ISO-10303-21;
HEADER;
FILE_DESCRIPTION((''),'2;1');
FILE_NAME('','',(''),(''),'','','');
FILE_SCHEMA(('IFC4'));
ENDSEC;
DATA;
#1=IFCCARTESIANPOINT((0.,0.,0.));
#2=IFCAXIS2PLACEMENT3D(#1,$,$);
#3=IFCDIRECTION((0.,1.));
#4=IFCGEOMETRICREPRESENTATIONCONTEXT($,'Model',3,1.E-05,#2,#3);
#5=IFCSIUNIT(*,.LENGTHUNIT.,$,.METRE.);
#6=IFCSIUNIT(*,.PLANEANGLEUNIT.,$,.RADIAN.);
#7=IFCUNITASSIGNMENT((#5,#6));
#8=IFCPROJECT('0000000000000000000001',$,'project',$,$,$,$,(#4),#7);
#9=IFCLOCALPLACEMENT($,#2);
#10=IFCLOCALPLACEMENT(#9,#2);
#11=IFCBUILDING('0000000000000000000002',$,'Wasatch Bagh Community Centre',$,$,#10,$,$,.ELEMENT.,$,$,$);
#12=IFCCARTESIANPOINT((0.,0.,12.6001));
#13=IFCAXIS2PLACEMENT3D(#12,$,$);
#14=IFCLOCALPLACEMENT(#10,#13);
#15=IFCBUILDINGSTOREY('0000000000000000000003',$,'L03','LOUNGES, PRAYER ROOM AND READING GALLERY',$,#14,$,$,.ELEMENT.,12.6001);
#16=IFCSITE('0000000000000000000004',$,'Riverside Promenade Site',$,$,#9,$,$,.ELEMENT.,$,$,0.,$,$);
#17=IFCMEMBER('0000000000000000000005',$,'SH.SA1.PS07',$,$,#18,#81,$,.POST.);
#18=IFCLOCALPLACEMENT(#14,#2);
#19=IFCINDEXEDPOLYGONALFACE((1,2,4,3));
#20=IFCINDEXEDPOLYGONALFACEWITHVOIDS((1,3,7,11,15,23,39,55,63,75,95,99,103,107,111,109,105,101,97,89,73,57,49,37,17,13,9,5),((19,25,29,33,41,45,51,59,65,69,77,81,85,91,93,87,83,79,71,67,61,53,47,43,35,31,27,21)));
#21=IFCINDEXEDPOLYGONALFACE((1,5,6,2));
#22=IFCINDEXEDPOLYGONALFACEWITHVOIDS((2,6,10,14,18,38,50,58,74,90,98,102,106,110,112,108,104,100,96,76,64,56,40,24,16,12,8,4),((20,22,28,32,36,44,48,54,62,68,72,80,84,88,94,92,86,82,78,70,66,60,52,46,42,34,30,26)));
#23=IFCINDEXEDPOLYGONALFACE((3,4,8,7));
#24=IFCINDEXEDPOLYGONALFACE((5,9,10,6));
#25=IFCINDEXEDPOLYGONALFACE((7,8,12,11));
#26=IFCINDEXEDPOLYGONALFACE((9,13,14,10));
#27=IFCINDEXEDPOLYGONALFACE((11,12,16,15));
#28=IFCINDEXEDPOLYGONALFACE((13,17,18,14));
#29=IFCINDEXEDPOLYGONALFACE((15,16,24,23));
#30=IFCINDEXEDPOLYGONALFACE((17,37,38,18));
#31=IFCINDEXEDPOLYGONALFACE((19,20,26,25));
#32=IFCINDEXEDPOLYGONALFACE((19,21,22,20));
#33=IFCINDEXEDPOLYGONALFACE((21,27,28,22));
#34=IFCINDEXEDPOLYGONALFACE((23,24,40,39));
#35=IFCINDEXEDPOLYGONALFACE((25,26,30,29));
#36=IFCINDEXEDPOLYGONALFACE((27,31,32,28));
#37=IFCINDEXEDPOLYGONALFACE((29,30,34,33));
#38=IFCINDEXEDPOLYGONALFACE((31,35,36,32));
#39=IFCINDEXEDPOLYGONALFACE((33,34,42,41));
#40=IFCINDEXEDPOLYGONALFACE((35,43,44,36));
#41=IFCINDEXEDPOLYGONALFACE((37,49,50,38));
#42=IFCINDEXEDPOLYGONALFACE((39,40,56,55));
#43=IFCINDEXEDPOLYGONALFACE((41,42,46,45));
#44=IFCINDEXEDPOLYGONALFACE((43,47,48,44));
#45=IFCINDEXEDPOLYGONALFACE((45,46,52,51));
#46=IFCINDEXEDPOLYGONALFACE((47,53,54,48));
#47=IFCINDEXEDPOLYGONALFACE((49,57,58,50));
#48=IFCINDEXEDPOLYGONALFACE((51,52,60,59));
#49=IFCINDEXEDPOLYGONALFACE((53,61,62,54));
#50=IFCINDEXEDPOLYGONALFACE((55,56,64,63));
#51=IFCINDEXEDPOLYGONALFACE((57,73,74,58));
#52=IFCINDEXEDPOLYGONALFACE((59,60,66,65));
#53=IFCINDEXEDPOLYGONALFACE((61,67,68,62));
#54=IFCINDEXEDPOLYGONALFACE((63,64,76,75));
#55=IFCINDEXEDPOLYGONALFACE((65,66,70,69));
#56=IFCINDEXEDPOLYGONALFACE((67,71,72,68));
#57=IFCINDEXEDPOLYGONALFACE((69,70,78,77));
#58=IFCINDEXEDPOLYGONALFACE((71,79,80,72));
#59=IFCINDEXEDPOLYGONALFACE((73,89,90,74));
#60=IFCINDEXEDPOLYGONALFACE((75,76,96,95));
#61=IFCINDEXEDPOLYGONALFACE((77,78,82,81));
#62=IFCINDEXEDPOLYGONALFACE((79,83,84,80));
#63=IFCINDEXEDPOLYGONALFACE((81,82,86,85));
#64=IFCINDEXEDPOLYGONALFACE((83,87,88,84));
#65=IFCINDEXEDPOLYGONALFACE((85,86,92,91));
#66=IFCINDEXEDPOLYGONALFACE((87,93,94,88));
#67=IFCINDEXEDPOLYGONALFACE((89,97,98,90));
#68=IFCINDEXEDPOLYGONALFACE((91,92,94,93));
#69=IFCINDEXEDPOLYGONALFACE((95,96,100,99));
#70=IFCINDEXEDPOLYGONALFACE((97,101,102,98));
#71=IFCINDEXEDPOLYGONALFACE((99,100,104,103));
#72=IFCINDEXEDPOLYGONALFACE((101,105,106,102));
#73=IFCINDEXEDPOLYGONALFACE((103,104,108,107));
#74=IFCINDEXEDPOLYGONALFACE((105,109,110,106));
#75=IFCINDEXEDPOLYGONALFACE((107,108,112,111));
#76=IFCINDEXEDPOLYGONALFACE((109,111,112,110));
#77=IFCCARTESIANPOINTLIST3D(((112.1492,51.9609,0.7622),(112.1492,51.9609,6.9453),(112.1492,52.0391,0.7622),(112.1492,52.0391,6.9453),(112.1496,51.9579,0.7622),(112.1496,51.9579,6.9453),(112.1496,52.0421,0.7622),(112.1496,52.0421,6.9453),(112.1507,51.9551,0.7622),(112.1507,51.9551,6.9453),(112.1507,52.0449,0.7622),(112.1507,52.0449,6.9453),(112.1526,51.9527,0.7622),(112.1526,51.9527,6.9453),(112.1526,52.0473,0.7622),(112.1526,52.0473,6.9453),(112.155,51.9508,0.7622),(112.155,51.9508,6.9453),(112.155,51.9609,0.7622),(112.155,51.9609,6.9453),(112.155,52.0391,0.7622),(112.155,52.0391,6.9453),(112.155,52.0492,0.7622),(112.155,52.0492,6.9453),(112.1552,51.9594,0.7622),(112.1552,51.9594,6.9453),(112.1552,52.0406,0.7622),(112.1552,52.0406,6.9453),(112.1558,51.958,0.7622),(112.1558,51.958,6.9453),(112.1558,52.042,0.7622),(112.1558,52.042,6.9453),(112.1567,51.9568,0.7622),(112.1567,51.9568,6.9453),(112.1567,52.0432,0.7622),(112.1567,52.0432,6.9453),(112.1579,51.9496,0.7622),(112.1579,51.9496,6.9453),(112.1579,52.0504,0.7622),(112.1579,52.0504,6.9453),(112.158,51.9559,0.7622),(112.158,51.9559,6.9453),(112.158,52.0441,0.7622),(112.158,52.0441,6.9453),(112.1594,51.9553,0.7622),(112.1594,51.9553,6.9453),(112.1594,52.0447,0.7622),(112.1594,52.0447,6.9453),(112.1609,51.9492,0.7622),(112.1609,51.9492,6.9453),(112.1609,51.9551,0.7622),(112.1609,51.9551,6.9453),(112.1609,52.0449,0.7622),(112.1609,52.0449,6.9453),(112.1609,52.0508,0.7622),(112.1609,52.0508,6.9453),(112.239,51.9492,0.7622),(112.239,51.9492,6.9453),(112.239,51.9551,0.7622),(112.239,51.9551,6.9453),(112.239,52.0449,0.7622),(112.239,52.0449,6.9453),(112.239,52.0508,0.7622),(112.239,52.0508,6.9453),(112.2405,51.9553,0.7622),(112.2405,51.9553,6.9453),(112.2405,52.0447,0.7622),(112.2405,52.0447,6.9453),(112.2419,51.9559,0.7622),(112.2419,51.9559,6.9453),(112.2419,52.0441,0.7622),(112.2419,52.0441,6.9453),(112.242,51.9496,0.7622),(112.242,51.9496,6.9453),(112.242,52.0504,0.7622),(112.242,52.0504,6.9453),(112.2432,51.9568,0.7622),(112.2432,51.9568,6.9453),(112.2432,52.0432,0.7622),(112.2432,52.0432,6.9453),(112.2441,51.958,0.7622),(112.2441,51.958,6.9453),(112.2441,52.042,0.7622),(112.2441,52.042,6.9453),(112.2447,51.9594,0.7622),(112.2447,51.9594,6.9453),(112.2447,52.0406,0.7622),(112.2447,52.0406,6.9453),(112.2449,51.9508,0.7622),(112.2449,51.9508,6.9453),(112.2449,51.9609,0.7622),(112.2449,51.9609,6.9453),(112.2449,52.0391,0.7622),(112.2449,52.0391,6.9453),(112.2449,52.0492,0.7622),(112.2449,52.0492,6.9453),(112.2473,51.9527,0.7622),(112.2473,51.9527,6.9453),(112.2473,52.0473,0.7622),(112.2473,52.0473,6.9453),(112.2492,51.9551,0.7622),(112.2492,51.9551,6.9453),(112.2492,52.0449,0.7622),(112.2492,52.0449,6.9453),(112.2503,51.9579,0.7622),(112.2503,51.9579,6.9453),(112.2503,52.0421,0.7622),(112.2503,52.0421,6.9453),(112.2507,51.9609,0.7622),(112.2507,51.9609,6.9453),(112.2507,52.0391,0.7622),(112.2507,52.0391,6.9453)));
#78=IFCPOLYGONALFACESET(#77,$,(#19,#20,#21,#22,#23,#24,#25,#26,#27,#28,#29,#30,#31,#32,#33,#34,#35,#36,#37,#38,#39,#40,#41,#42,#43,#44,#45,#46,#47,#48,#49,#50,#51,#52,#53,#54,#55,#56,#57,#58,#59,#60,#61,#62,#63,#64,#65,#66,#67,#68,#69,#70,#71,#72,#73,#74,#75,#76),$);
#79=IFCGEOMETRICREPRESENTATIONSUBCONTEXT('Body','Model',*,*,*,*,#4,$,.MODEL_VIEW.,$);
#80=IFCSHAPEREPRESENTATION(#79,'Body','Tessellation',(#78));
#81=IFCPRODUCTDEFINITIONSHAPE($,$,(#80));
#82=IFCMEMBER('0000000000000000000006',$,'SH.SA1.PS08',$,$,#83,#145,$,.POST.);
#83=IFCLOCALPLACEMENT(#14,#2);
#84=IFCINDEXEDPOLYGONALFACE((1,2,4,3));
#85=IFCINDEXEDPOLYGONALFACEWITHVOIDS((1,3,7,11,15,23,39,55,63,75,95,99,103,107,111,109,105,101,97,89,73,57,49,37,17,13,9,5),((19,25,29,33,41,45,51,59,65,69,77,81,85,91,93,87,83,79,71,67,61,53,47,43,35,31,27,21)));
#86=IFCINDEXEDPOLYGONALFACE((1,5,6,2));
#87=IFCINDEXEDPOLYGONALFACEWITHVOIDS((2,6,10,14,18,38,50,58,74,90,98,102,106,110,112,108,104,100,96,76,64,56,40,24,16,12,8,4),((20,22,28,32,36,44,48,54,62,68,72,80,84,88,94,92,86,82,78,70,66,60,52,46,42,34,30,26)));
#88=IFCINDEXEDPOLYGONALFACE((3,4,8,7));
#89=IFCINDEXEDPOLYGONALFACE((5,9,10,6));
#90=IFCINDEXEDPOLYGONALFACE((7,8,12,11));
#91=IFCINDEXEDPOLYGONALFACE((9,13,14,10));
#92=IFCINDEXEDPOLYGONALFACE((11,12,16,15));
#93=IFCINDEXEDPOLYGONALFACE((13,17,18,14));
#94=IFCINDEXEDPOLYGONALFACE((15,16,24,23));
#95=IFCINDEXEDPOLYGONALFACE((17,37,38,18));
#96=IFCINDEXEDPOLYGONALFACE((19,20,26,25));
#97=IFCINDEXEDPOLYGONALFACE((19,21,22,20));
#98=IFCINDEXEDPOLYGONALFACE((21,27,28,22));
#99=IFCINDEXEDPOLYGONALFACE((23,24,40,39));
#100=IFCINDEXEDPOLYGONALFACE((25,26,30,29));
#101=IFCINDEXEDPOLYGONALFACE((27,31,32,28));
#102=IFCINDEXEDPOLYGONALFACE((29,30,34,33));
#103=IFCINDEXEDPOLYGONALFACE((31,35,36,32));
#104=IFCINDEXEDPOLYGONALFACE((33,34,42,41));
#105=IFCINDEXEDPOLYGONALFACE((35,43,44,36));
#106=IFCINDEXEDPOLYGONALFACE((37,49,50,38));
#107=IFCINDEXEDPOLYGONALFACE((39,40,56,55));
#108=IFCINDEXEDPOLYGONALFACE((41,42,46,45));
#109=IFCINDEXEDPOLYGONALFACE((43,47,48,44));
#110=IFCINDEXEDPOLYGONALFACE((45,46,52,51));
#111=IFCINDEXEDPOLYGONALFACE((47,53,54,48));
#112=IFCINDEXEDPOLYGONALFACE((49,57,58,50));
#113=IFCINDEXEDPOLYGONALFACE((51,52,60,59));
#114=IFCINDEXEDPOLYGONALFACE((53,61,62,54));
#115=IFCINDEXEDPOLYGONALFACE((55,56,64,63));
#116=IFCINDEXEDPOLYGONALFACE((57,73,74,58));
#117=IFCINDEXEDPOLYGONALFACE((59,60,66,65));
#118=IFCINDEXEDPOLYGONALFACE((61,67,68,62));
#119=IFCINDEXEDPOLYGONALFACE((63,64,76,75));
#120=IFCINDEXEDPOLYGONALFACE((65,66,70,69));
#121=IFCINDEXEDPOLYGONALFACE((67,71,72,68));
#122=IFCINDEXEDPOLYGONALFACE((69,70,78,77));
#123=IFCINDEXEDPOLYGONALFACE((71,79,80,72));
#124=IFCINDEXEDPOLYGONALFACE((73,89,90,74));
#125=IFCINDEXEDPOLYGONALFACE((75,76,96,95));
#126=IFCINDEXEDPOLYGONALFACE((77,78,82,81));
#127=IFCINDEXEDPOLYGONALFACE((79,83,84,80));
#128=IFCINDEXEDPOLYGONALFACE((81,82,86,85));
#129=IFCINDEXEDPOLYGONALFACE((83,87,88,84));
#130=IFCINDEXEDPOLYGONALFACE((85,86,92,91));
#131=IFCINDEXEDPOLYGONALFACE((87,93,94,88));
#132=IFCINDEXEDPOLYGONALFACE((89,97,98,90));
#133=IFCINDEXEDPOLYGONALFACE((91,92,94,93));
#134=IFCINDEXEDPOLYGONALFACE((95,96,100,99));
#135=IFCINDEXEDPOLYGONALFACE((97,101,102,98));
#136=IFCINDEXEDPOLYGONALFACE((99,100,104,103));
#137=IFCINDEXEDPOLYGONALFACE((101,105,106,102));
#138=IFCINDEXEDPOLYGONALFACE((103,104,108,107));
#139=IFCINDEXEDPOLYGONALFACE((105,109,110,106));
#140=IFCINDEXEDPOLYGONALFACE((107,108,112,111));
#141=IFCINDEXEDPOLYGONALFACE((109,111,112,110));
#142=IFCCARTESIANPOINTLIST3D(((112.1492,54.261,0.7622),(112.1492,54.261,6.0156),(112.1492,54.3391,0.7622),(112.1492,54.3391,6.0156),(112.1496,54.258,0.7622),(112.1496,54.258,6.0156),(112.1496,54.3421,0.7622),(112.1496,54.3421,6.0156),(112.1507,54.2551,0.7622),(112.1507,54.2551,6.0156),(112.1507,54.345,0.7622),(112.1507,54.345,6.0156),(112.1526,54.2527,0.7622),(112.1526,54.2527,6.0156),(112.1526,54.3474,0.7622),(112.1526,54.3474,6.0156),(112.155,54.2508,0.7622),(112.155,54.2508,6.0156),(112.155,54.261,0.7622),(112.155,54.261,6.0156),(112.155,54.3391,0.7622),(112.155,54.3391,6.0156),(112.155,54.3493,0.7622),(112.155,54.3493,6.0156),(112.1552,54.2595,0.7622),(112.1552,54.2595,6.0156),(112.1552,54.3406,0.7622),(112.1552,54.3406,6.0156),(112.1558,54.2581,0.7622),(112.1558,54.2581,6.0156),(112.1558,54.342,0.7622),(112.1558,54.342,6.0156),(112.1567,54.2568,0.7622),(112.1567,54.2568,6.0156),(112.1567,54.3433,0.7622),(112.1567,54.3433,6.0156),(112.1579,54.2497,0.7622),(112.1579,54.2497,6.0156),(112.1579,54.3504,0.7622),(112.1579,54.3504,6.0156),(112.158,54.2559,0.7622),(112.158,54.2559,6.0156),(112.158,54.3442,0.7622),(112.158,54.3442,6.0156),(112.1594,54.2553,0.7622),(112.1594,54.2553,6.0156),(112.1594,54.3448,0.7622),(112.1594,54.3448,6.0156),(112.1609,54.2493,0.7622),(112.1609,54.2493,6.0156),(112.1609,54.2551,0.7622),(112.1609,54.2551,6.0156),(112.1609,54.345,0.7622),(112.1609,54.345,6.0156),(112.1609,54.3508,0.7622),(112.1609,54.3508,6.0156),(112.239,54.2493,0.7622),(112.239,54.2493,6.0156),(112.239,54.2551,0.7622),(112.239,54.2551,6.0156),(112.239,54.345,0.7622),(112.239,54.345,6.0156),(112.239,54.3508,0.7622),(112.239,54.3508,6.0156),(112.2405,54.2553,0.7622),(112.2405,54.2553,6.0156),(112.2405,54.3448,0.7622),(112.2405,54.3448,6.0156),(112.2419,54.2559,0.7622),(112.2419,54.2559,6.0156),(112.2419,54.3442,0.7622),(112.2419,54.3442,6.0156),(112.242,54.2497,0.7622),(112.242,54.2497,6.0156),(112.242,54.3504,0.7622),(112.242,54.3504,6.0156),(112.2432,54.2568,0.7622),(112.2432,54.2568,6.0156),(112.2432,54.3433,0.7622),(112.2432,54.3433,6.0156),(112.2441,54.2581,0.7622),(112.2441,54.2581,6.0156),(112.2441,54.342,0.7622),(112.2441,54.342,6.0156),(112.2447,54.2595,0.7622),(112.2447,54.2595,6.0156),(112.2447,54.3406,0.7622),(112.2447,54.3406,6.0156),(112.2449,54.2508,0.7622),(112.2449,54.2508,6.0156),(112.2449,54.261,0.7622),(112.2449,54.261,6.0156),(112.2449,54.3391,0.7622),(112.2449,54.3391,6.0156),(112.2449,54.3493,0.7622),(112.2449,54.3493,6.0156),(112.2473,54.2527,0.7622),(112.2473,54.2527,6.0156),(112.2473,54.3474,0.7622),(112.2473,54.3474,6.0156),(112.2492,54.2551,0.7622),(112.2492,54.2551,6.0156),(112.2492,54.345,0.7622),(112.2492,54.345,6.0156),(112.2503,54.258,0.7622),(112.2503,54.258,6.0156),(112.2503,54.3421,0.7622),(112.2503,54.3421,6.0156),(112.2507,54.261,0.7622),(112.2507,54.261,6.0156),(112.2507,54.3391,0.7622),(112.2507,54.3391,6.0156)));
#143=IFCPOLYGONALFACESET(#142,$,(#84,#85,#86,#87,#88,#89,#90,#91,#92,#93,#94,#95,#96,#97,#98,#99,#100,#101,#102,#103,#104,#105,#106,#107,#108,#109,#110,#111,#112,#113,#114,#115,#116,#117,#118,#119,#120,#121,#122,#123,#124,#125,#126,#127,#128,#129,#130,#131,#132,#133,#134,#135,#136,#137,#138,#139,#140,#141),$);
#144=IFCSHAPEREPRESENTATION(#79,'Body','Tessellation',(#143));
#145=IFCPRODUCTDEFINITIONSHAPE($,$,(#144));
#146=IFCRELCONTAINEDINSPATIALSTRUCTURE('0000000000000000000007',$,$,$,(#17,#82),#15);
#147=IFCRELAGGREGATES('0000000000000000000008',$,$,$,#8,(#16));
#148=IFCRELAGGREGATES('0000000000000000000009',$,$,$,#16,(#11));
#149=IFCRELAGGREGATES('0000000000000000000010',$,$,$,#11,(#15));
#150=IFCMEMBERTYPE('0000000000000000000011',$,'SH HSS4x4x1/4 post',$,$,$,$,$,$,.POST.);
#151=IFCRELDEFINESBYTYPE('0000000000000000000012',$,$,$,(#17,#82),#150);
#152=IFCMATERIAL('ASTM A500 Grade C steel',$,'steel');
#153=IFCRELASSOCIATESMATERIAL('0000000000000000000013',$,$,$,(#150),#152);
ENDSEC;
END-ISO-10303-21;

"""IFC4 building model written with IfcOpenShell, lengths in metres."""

from ifc_helpers import new_model, si_unit, direction, frame, origin, origin_2d, place, context, subcontext, project, spatial, hollow_rectangle, extrude, material, material_profile, profile_set, type_object, element, save


model = new_model("IFC4")

# Units and contexts
model_context = context("Model", 3, precision=1e-05, world=origin(), true_north=direction((0.0, 1.0)))
body_context = subcontext(model_context, "Body", "Model", "MODEL_VIEW")
ifc_project = project(units=[si_unit("LENGTHUNIT", "METRE"), si_unit("PLANEANGLEUNIT", "RADIAN")], contexts=[model_context])

# Site, building, storey
site_placement = place(None, origin())
site = spatial("IfcSite", under=ifc_project, at=site_placement, Name="Riverside Promenade Site", CompositionType="ELEMENT", RefElevation=0.0)
building_placement = place(site_placement, origin())
building = spatial("IfcBuilding", under=site, at=building_placement, Name="Wasatch Bagh Community Centre", CompositionType="ELEMENT")
storey_placement = place(building_placement, frame((0.0, 0.0, 12.6001)))
storey = spatial("IfcBuildingStorey", under=building, at=storey_placement, Name="L03", Description="LOUNGES, PRAYER ROOM AND READING GALLERY", CompositionType="ELEMENT", Elevation=12.6001)

# Members
ifc_material_1 = material(Name="ASTM A500 Grade C steel", Category="steel")
ifc_material_profile_1 = material_profile(ifc_material_1, hollow_rectangle(XDim=0.1016, YDim=0.1016, WallThickness=0.0059, InnerFilletRadius=0.0059, OuterFilletRadius=0.0117, at=origin_2d()), Name="HSS4x4x1/4")
ifc_profile_set_1 = profile_set([ifc_material_profile_1], Name="ASTM A500 Grade C steel")
member_type_1 = type_object("IfcMemberType", Name="SH HSS4x4x1/4 post", PredefinedType="POST", material=ifc_profile_set_1)
member_1_placement = place(storey_placement, frame((112.2, 52.0, 0.7622), z_axis=(0.0, 0.0, 1.0), x_axis=(1.0, 0.0, 0.0)))
element("IfcMember", 1, at=member_1_placement, inside=storey, type_object=member_type_1, Name="SH.SA1.PS07", PredefinedType="POST", context=body_context, shape_type="SweptSolid", body=[
    extrude(hollow_rectangle(XDim=0.1016, YDim=0.1016, WallThickness=0.0059, InnerFilletRadius=0.0059, OuterFilletRadius=0.0117, at=origin_2d()), origin(), (0.0, 0.0, 1.0), 6.1831),
])
for number, where, z_axis, x_axis, name in (
    (2, (112.2, 54.3, 0.7622), (0.0, 0.0, 1.0), (1.0, 0.0, 0.0), "SH.SA1.PS08"),
):
    element("IfcMember", number, at=place(storey_placement, frame(where, z_axis=z_axis, x_axis=x_axis)), inside=storey, type_object=member_type_1, Name=name, PredefinedType="POST", context=body_context, shape_type="SweptSolid", body=[
        extrude(hollow_rectangle(XDim=0.1016, YDim=0.1016, WallThickness=0.0059, InnerFilletRadius=0.0059, OuterFilletRadius=0.0117, at=origin_2d()), origin(), (0.0, 0.0, 1.0), 5.2534),
    ])

save(model, "model.ifc")
